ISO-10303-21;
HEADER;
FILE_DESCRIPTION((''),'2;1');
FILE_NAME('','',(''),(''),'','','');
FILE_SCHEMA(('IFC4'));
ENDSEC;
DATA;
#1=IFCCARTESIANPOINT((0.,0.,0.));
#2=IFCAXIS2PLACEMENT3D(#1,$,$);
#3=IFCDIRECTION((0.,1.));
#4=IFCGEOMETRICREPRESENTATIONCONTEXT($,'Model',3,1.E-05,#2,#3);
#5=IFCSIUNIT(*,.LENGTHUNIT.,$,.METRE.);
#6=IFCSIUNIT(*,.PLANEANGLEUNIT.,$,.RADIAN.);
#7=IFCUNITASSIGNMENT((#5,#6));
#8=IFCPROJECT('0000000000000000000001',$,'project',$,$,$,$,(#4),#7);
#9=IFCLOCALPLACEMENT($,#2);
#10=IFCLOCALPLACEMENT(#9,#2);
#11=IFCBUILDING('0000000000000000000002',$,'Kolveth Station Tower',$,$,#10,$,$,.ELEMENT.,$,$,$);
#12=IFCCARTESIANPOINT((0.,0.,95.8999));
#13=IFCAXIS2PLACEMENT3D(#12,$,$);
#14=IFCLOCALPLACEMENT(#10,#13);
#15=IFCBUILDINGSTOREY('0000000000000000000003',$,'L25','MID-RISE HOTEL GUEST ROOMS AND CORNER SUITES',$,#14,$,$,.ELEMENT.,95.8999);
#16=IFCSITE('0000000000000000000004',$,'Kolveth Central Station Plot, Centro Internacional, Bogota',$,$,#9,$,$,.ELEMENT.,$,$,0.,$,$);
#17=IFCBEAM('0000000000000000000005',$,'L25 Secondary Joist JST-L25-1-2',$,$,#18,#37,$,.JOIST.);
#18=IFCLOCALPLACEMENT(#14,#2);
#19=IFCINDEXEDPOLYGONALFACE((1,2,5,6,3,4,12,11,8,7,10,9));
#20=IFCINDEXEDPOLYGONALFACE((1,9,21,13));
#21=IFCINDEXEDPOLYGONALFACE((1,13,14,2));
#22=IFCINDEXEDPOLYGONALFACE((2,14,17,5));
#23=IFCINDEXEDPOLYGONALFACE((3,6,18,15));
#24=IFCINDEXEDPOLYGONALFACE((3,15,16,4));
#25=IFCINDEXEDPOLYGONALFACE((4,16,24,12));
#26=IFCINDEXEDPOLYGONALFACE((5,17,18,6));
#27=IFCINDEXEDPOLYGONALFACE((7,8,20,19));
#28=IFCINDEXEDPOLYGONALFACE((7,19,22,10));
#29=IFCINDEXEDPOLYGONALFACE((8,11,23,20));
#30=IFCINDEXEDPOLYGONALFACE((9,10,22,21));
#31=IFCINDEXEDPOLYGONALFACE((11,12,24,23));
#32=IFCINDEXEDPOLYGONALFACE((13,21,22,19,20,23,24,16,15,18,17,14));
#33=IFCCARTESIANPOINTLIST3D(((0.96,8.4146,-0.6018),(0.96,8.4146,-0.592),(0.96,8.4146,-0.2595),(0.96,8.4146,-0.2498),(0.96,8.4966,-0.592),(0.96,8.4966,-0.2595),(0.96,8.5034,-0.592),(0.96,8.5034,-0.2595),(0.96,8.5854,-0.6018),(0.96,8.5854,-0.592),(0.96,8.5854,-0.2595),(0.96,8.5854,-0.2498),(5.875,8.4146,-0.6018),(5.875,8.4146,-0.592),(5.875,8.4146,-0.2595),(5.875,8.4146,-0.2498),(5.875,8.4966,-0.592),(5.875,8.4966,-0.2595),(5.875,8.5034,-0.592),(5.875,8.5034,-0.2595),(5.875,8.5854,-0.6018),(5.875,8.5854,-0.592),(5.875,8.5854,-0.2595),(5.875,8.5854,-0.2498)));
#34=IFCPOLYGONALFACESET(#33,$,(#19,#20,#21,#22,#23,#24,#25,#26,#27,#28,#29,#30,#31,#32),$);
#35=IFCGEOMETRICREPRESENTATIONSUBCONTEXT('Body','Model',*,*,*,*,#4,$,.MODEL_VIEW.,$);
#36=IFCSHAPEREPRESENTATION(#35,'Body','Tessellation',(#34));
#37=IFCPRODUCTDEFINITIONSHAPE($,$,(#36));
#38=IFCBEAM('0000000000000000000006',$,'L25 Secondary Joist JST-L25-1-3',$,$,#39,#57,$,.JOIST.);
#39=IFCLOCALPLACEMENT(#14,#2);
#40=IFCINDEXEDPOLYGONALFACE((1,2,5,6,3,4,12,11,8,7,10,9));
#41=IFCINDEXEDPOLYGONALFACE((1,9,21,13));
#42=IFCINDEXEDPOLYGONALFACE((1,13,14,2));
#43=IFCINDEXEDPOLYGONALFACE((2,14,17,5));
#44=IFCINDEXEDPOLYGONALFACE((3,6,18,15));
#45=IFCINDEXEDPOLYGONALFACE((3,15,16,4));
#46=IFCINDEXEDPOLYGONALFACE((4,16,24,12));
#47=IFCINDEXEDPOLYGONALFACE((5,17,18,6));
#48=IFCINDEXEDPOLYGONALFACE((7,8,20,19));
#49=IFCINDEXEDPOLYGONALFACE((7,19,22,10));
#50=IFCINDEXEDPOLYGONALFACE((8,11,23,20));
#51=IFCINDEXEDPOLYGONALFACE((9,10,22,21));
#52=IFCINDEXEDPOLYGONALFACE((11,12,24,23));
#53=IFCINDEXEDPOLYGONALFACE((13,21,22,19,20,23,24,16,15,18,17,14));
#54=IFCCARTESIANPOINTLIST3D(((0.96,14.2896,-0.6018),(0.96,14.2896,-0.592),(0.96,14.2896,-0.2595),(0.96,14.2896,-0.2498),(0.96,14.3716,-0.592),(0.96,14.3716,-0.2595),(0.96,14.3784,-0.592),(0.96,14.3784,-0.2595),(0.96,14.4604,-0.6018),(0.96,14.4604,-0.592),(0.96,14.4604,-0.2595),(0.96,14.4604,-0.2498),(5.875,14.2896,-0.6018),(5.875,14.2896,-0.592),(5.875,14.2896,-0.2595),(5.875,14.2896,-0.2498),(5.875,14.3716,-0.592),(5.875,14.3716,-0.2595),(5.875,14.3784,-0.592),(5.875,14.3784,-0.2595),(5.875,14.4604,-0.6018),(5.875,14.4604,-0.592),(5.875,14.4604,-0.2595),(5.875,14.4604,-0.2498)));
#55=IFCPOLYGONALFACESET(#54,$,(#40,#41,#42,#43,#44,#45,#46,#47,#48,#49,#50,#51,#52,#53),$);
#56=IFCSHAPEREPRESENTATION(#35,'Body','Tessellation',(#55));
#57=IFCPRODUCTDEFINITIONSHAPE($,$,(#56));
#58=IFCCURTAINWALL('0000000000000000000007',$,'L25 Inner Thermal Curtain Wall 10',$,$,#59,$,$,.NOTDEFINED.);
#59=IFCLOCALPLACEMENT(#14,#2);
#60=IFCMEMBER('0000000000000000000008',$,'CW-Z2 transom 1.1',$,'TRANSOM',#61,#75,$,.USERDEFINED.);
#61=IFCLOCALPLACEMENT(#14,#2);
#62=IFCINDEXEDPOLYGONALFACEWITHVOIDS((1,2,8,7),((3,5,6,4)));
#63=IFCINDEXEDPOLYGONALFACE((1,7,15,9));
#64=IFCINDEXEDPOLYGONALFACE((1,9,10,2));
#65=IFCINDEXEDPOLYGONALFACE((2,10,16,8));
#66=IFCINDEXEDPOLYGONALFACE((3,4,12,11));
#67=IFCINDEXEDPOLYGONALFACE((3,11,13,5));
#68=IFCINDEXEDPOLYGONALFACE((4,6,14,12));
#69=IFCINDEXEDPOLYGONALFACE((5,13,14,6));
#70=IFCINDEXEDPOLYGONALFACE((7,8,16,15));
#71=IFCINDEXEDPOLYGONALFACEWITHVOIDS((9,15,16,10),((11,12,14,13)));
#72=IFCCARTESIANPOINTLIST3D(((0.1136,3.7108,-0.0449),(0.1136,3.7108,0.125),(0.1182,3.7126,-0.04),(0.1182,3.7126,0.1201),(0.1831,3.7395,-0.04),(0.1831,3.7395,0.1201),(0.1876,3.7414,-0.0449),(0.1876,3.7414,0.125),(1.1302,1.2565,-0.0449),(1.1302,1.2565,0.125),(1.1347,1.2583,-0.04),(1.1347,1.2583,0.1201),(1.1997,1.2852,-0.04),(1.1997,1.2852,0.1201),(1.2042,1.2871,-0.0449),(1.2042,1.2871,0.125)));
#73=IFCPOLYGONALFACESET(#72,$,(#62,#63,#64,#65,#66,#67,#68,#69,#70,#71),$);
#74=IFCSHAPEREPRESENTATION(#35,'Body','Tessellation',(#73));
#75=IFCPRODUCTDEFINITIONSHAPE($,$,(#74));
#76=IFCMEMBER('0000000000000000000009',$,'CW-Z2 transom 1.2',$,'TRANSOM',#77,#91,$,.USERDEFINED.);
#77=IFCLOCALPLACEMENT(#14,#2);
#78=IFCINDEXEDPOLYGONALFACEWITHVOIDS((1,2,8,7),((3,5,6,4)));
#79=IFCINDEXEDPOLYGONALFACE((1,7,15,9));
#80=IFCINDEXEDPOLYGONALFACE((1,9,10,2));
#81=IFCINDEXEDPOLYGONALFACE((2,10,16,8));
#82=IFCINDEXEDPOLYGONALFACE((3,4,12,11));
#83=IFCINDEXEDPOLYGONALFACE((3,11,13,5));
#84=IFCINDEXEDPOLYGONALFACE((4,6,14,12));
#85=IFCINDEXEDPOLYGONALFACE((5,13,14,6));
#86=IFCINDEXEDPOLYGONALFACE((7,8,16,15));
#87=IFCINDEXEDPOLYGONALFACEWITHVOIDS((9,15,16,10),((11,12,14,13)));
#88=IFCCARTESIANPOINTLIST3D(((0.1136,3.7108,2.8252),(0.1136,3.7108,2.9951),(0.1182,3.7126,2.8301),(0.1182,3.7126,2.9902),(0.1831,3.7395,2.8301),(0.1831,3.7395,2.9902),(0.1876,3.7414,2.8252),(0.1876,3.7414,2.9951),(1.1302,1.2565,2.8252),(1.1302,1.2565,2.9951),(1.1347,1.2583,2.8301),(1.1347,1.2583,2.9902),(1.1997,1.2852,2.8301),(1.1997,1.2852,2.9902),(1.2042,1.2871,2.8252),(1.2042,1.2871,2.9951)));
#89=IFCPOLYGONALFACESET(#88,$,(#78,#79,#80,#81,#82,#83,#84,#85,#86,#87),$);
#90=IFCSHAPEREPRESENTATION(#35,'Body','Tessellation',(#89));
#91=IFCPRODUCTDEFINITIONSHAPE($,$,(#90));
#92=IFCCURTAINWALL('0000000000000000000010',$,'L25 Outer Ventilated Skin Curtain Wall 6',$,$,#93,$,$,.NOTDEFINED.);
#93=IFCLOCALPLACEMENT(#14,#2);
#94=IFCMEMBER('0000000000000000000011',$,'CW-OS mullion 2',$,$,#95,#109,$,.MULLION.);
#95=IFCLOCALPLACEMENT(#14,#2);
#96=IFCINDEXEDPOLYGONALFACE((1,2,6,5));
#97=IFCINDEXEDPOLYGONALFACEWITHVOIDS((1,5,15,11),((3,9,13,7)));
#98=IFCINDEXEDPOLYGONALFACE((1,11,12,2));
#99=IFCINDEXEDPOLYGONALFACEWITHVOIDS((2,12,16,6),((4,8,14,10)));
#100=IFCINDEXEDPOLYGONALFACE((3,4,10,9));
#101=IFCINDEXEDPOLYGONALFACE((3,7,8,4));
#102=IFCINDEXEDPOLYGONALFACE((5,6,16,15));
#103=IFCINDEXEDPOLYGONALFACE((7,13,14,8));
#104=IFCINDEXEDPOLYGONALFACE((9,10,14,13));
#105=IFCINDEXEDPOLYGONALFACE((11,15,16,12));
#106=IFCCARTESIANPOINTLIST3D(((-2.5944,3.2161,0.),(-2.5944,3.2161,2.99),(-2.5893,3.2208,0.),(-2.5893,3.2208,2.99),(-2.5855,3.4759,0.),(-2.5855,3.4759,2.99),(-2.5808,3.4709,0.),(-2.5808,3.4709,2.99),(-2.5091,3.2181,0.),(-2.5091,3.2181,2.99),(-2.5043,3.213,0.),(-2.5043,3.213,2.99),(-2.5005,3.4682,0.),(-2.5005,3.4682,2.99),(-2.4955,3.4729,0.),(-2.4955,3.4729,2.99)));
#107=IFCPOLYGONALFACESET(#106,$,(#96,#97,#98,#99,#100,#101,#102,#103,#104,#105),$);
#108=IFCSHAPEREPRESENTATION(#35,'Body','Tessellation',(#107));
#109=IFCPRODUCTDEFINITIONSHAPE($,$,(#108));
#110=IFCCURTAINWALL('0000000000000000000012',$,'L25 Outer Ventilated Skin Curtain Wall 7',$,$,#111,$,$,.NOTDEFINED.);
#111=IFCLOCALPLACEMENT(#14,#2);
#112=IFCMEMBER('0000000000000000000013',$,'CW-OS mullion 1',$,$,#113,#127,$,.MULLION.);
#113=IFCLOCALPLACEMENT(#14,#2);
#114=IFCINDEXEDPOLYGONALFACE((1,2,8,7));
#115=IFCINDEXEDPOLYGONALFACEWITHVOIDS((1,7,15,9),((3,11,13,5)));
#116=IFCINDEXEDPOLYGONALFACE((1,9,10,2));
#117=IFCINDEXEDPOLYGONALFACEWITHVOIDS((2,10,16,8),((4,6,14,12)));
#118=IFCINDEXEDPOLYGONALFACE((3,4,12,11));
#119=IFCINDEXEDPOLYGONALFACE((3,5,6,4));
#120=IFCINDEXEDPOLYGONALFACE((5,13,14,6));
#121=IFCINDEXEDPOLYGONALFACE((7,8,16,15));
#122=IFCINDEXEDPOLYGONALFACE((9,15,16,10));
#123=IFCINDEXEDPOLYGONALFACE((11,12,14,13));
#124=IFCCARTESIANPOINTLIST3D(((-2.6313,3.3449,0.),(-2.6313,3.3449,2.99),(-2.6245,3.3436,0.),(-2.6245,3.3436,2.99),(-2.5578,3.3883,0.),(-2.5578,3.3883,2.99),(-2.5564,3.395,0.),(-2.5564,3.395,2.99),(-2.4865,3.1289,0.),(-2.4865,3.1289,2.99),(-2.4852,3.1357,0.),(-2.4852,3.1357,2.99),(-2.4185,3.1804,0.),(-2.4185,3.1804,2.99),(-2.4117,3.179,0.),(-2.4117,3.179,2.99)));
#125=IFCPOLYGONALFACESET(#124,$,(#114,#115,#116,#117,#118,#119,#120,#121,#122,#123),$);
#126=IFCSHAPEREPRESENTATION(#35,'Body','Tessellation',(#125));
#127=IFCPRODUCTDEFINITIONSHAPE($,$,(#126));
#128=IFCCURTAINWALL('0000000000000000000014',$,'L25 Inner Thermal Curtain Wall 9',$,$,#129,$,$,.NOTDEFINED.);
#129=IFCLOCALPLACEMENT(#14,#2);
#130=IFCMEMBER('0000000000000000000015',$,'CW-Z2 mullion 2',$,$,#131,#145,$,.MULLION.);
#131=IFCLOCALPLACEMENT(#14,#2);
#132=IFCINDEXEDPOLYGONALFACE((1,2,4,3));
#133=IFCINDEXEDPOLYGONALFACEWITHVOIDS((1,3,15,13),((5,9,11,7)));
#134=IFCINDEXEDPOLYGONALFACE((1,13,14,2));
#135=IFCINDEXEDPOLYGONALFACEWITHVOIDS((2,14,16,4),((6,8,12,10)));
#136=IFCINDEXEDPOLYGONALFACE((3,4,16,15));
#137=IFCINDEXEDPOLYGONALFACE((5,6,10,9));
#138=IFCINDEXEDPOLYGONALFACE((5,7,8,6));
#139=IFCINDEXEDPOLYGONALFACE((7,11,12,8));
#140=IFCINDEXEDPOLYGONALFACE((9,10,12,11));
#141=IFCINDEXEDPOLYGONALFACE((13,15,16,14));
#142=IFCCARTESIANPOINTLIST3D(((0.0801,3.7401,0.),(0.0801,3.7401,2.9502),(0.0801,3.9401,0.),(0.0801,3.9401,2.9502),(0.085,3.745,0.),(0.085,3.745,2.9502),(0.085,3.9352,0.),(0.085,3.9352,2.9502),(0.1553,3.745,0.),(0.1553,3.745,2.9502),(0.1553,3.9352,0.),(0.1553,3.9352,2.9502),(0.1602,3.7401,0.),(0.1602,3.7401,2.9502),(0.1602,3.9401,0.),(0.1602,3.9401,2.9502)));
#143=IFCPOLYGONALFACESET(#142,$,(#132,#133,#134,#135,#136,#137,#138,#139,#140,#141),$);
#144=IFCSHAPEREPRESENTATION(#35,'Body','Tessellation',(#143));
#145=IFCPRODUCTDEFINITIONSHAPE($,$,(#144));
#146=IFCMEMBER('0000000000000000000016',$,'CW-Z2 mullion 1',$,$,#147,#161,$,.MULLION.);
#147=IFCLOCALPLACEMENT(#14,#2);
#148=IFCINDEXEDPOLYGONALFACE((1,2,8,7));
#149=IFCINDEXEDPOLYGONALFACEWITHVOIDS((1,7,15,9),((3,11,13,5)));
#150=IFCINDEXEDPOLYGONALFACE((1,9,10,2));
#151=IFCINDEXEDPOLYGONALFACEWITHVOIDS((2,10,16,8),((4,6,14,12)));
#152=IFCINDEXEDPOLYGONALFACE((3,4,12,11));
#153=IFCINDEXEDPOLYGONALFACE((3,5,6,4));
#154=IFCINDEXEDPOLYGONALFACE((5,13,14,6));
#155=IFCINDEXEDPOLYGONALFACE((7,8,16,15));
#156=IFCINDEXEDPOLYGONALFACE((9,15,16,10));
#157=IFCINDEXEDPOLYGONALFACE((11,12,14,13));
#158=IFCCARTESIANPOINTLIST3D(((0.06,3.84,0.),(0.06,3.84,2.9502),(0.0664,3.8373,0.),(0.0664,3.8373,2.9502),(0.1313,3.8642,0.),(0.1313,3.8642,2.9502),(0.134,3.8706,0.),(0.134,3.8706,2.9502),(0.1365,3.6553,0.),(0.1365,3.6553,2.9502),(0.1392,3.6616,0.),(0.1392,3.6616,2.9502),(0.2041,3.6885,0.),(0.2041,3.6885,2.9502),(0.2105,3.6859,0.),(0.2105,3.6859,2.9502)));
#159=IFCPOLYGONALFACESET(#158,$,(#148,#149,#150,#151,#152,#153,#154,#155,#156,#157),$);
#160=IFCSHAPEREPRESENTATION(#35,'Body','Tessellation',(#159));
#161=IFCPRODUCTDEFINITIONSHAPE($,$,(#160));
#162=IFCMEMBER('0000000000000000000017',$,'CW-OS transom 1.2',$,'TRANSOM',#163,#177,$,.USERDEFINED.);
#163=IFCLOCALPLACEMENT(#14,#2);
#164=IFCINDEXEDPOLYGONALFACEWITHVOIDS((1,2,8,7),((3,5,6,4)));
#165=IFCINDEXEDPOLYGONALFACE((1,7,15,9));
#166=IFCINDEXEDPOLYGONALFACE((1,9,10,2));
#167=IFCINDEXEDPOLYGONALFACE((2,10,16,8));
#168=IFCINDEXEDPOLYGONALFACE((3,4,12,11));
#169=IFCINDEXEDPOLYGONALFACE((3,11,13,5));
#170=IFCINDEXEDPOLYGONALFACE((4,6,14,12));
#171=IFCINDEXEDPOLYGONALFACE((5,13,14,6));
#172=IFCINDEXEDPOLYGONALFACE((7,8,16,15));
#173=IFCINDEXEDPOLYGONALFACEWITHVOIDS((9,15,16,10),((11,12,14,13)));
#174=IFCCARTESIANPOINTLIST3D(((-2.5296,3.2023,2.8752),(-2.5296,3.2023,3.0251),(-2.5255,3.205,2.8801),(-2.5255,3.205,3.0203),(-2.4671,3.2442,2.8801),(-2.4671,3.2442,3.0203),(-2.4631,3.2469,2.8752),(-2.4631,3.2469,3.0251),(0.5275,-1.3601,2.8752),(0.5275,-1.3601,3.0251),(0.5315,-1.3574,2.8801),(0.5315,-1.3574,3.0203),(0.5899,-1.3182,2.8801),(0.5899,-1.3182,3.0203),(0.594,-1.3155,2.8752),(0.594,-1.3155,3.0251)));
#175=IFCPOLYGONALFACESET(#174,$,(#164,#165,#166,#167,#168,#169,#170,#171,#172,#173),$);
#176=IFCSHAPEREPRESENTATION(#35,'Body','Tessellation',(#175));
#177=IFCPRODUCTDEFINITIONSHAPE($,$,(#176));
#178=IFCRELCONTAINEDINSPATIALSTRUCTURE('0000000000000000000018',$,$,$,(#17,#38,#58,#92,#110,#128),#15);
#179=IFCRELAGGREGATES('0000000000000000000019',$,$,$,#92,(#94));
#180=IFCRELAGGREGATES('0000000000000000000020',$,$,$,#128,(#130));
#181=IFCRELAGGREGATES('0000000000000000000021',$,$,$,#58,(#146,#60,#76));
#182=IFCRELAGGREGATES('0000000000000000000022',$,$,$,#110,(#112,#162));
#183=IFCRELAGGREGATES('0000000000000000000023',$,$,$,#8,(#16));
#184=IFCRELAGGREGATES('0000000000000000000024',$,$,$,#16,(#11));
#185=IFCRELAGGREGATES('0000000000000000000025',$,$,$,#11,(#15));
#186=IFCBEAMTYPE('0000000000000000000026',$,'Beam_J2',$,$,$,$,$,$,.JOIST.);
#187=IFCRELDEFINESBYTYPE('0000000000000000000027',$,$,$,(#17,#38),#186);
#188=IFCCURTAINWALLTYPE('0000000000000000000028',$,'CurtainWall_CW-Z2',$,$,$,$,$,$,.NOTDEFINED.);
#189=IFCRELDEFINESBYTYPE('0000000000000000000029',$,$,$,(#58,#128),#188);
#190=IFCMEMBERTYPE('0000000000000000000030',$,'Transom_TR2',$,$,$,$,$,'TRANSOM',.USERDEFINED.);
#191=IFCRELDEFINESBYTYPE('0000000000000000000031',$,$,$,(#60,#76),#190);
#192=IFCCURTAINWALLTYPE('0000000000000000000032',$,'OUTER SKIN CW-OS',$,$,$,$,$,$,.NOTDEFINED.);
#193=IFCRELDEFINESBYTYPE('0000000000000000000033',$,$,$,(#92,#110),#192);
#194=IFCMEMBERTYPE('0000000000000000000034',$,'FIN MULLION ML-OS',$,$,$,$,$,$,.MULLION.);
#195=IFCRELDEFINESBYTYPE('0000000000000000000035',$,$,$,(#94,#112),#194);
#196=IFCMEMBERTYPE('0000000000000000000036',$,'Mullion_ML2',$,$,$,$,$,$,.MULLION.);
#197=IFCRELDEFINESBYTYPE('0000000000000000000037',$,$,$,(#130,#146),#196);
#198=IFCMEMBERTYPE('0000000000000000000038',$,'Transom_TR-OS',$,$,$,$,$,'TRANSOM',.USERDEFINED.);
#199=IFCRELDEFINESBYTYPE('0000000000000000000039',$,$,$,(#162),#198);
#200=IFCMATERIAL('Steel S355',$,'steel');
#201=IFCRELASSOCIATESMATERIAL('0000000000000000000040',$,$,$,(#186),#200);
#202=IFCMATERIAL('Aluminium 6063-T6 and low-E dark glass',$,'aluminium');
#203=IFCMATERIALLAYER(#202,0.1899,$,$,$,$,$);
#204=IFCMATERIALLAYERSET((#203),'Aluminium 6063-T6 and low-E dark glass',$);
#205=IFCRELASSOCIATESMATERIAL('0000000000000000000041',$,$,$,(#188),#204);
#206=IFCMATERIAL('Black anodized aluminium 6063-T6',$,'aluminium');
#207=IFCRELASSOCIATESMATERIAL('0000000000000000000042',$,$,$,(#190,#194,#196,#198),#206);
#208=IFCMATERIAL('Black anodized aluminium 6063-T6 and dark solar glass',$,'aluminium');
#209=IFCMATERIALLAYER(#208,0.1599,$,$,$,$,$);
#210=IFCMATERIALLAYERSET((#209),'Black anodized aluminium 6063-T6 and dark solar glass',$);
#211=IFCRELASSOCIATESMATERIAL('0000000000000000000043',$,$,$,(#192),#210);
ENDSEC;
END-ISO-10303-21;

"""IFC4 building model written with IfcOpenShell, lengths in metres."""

from ifc_helpers import new_model, si_unit, direction, frame, origin, origin_2d, place, context, subcontext, project, spatial, hollow_rectangle, i_section, extrude, source, transform, mapped, material, layer, layer_set, material_profile, profile_set, type_object, element, aggregate, save


model = new_model("IFC4")

# Units and contexts
model_context = context("Model", 3, precision=1e-05, world=origin(), true_north=direction((0.0, 1.0)))
body_context = subcontext(model_context, "Body", "Model", "MODEL_VIEW")
ifc_project = project(units=[si_unit("LENGTHUNIT", "METRE"), si_unit("PLANEANGLEUNIT", "RADIAN")], contexts=[model_context])

# Site, building, storey
site_placement = place(None, origin())
site = spatial("IfcSite", under=ifc_project, at=site_placement, Name="Kolveth Central Station Plot, Centro Internacional, Bogota", CompositionType="ELEMENT", RefElevation=0.0)
building_placement = place(site_placement, origin())
building = spatial("IfcBuilding", under=site, at=building_placement, Name="Kolveth Station Tower", CompositionType="ELEMENT")
storey_placement = place(building_placement, frame((0.0, 0.0, 95.8999)))
storey = spatial("IfcBuildingStorey", under=building, at=storey_placement, Name="L25", Description="MID-RISE HOTEL GUEST ROOMS AND CORNER SUITES", CompositionType="ELEMENT", Elevation=95.8999)

# Beams
ifc_material_1 = material(Name="Steel S355", Category="steel")
ifc_material_profile_1 = material_profile(ifc_material_1, i_section(OverallWidth=0.1709, OverallDepth=0.3521, WebThickness=0.0068, FlangeThickness=0.0098, at=origin_2d()), Name="W360x44")
ifc_profile_set_1 = profile_set([ifc_material_profile_1], Name="Steel S355")
beam_type_1 = type_object("IfcBeamType", Name="Beam_J2", PredefinedType="JOIST", material=ifc_profile_set_1)
shared_shape_1 = source(origin(), body_context, "Body", "SweptSolid", [
    extrude(i_section(OverallWidth=0.1709, OverallDepth=0.3521, WebThickness=0.0068, FlangeThickness=0.0098, at=origin_2d()), origin(), (0.0, 0.0, 1.0), 4.915),
])
for number, where, z_axis, x_axis, name in (
    (1, (0.96, 8.5, -0.4258), (1.0, 0.0, 0.0), (0.0, 1.0, 0.0), "L25 Secondary Joist JST-L25-1-2"),
    (2, (0.96, 14.375, -0.4258), (1.0, 0.0, 0.0), (0.0, 1.0, 0.0), "L25 Secondary Joist JST-L25-1-3"),
):
    element("IfcBeam", number, at=place(storey_placement, frame(where, z_axis=z_axis, x_axis=x_axis)), inside=storey, type_object=beam_type_1, Name=name, PredefinedType="JOIST", context=body_context, shape_type="MappedRepresentation", body=[
        mapped(shared_shape_1, transform((0.0, 0.0, 0.0), x_axis=(1.0, 0.0, 0.0), y_axis=(0.0, 1.0, 0.0), z_axis=(0.0, 0.0, 1.0), scale=1.0)),
    ])

# Curtain wall, members
ifc_material_2 = material(Name="Aluminium 6063-T6 and low-E dark glass", Category="aluminium")
ifc_layer_1 = layer(ifc_material_2, 0.1899)
ifc_layer_set_1 = layer_set([ifc_layer_1], Name="Aluminium 6063-T6 and low-E dark glass")
curtain_wall_type_1 = type_object("IfcCurtainWallType", Name="CurtainWall_CW-Z2", PredefinedType="NOTDEFINED", material=ifc_layer_set_1)
curtain_wall_1_placement = place(storey_placement, origin())
curtain_wall_1 = element("IfcCurtainWall", 3, at=curtain_wall_1_placement, inside=storey, type_object=curtain_wall_type_1, Name="L25 Inner Thermal Curtain Wall 10", PredefinedType="NOTDEFINED")
ifc_material_3 = material(Name="Black anodized aluminium 6063-T6", Category="aluminium")
ifc_material_profile_2 = material_profile(ifc_material_3, hollow_rectangle(XDim=0.0801, YDim=0.1699, WallThickness=0.0049, at=origin_2d()), Name="ALU-80x170x5")
ifc_profile_set_2 = profile_set([ifc_material_profile_2], Name="Black anodized aluminium 6063-T6")
member_type_1 = type_object("IfcMemberType", Name="Transom_TR2", ElementType="TRANSOM", PredefinedType="USERDEFINED", material=ifc_profile_set_2)
shared_shape_2 = source(origin(), body_context, "Body", "SweptSolid", [
    extrude(hollow_rectangle(XDim=0.0801, YDim=0.1699, WallThickness=0.0049, at=origin_2d()), origin(), (0.0, 0.0, 1.0), 2.6565),
])
member_1_placement = place(storey_placement, frame((0.1506, 3.7261, 0.04), z_axis=(0.382676, -0.923882, 0.0), x_axis=(0.923882, 0.382676, 0.0)))
member_1 = element("IfcMember", 4, at=member_1_placement, type_object=member_type_1, Name="CW-Z2 transom 1.1", ObjectType="TRANSOM", PredefinedType="USERDEFINED", context=body_context, shape_type="MappedRepresentation", body=[
    mapped(shared_shape_2, transform((0.0, 0.0, 0.0), x_axis=(1.0, 0.0, 0.0), y_axis=(0.0, 1.0, 0.0), z_axis=(0.0, 0.0, 1.0), scale=1.0)),
])
member_2_placement = place(storey_placement, frame((0.1506, 3.7261, 2.9102), z_axis=(0.382676, -0.923882, 0.0), x_axis=(0.923882, 0.382676, 0.0)))
member_2 = element("IfcMember", 5, at=member_2_placement, type_object=member_type_1, Name="CW-Z2 transom 1.2", ObjectType="TRANSOM", PredefinedType="USERDEFINED", context=body_context, shape_type="MappedRepresentation", body=[
    mapped(shared_shape_2, transform((0.0, 0.0, 0.0), x_axis=(1.0, 0.0, 0.0), y_axis=(0.0, 1.0, 0.0), z_axis=(0.0, 0.0, 1.0), scale=1.0)),
])

# Curtain walls, members
ifc_material_4 = material(Name="Black anodized aluminium 6063-T6 and dark solar glass", Category="aluminium")
ifc_layer_2 = layer(ifc_material_4, 0.1599)
ifc_layer_set_2 = layer_set([ifc_layer_2], Name="Black anodized aluminium 6063-T6 and dark solar glass")
curtain_wall_type_2 = type_object("IfcCurtainWallType", Name="OUTER SKIN CW-OS", PredefinedType="NOTDEFINED", material=ifc_layer_set_2)
curtain_wall_2_placement = place(storey_placement, origin())
curtain_wall_2 = element("IfcCurtainWall", 6, at=curtain_wall_2_placement, inside=storey, type_object=curtain_wall_type_2, Name="L25 Outer Ventilated Skin Curtain Wall 6", PredefinedType="NOTDEFINED")
ifc_material_profile_3 = material_profile(ifc_material_3, hollow_rectangle(XDim=0.0901, YDim=0.26, WallThickness=0.0049, at=origin_2d()), Name="ALU-90x260x5")
ifc_profile_set_3 = profile_set([ifc_material_profile_3], Name="Black anodized aluminium 6063-T6")
member_type_2 = type_object("IfcMemberType", Name="FIN MULLION ML-OS", PredefinedType="MULLION", material=ifc_profile_set_3)
shared_shape_3 = source(origin(), body_context, "Body", "SweptSolid", [
    extrude(hollow_rectangle(XDim=0.0901, YDim=0.26, WallThickness=0.0049, at=origin_2d()), origin(), (0.0, 0.0, 1.0), 2.99),
])
member_3_placement = place(storey_placement, frame((-2.5449, 3.3445, 0.0), z_axis=(0.0, 0.0, 1.0), x_axis=(0.999419, -0.034094, 0.0)))
member_3 = element("IfcMember", 7, at=member_3_placement, type_object=member_type_2, Name="CW-OS mullion 2", PredefinedType="MULLION", context=body_context, shape_type="MappedRepresentation", body=[
    mapped(shared_shape_3, transform((0.0, 0.0, 0.0), x_axis=(1.0, 0.0, 0.0), y_axis=(0.0, 1.0, 0.0), z_axis=(0.0, 0.0, 1.0), scale=1.0)),
])
aggregate(curtain_wall_2, [member_3])
curtain_wall_3_placement = place(storey_placement, origin())
curtain_wall_3 = element("IfcCurtainWall", 8, at=curtain_wall_3_placement, inside=storey, type_object=curtain_wall_type_2, Name="L25 Outer Ventilated Skin Curtain Wall 7", PredefinedType="NOTDEFINED")
member_4_placement = place(storey_placement, frame((-2.5215, 3.262, 0.0), z_axis=(0.0, 0.0, 1.0), x_axis=(0.830746, 0.556652, 0.0)))
member_4 = element("IfcMember", 9, at=member_4_placement, type_object=member_type_2, Name="CW-OS mullion 1", PredefinedType="MULLION", context=body_context, shape_type="MappedRepresentation", body=[
    mapped(shared_shape_3, transform((0.0, 0.0, 0.0), x_axis=(1.0, 0.0, 0.0), y_axis=(0.0, 1.0, 0.0), z_axis=(0.0, 0.0, 1.0), scale=1.0)),
])
curtain_wall_4_placement = place(storey_placement, origin())
curtain_wall_4 = element("IfcCurtainWall", 10, at=curtain_wall_4_placement, inside=storey, type_object=curtain_wall_type_1, Name="L25 Inner Thermal Curtain Wall 9", PredefinedType="NOTDEFINED")
ifc_material_profile_4 = material_profile(ifc_material_3, hollow_rectangle(XDim=0.0801, YDim=0.2, WallThickness=0.0049, at=origin_2d()), Name="ALU-80x200x5")
ifc_profile_set_4 = profile_set([ifc_material_profile_4], Name="Black anodized aluminium 6063-T6")
member_type_3 = type_object("IfcMemberType", Name="Mullion_ML2", PredefinedType="MULLION", material=ifc_profile_set_4)
shared_shape_4 = source(origin(), body_context, "Body", "SweptSolid", [
    extrude(hollow_rectangle(XDim=0.0801, YDim=0.2, WallThickness=0.0049, at=origin_2d()), origin(), (0.0, 0.0, 1.0), 2.9502),
])
member_5_placement = place(storey_placement, frame((0.1201, 3.8401, 0.0), z_axis=(0.0, 0.0, 1.0), x_axis=(1.0, 0.0, 0.0)))
member_5 = element("IfcMember", 11, at=member_5_placement, type_object=member_type_3, Name="CW-Z2 mullion 2", PredefinedType="MULLION", context=body_context, shape_type="MappedRepresentation", body=[
    mapped(shared_shape_4, transform((0.0, 0.0, 0.0), x_axis=(1.0, 0.0, 0.0), y_axis=(0.0, 1.0, 0.0), z_axis=(0.0, 0.0, 1.0), scale=1.0)),
])
aggregate(curtain_wall_4, [member_5])

# Members
member_6_placement = place(storey_placement, frame((0.1353, 3.7629, 0.0), z_axis=(0.0, 0.0, 1.0), x_axis=(0.923888, 0.382663, 0.0)))
member_6 = element("IfcMember", 12, at=member_6_placement, type_object=member_type_3, Name="CW-Z2 mullion 1", PredefinedType="MULLION", context=body_context, shape_type="MappedRepresentation", body=[
    mapped(shared_shape_4, transform((0.0, 0.0, 0.0), x_axis=(1.0, 0.0, 0.0), y_axis=(0.0, 1.0, 0.0), z_axis=(0.0, 0.0, 1.0), scale=1.0)),
])
aggregate(curtain_wall_1, [member_6, member_1, member_2])
ifc_material_profile_5 = material_profile(ifc_material_3, hollow_rectangle(XDim=0.0801, YDim=0.1499, WallThickness=0.0049, at=origin_2d()), Name="ALU-80x150x5")
ifc_profile_set_5 = profile_set([ifc_material_profile_5], Name="Black anodized aluminium 6063-T6")
member_type_4 = type_object("IfcMemberType", Name="Transom_TR-OS", ElementType="TRANSOM", PredefinedType="USERDEFINED", material=ifc_profile_set_5)
shared_shape_5 = source(origin(), body_context, "Body", "SweptSolid", [
    extrude(hollow_rectangle(XDim=0.0801, YDim=0.1499, WallThickness=0.0049, at=origin_2d()), origin(), (0.0, 0.0, 1.0), 5.4919),
])
member_7_placement = place(storey_placement, frame((-2.4963, 3.2246, 2.9502), z_axis=(0.556648, -0.830749, 0.0), x_axis=(0.830749, 0.556648, 0.0)))
member_7 = element("IfcMember", 13, at=member_7_placement, type_object=member_type_4, Name="CW-OS transom 1.2", ObjectType="TRANSOM", PredefinedType="USERDEFINED", context=body_context, shape_type="MappedRepresentation", body=[
    mapped(shared_shape_5, transform((0.0, 0.0, 0.0), x_axis=(1.0, 0.0, 0.0), y_axis=(0.0, 1.0, 0.0), z_axis=(0.0, 0.0, 1.0), scale=1.0)),
])
aggregate(curtain_wall_3, [member_4, member_7])

save(model, "model.ifc")
